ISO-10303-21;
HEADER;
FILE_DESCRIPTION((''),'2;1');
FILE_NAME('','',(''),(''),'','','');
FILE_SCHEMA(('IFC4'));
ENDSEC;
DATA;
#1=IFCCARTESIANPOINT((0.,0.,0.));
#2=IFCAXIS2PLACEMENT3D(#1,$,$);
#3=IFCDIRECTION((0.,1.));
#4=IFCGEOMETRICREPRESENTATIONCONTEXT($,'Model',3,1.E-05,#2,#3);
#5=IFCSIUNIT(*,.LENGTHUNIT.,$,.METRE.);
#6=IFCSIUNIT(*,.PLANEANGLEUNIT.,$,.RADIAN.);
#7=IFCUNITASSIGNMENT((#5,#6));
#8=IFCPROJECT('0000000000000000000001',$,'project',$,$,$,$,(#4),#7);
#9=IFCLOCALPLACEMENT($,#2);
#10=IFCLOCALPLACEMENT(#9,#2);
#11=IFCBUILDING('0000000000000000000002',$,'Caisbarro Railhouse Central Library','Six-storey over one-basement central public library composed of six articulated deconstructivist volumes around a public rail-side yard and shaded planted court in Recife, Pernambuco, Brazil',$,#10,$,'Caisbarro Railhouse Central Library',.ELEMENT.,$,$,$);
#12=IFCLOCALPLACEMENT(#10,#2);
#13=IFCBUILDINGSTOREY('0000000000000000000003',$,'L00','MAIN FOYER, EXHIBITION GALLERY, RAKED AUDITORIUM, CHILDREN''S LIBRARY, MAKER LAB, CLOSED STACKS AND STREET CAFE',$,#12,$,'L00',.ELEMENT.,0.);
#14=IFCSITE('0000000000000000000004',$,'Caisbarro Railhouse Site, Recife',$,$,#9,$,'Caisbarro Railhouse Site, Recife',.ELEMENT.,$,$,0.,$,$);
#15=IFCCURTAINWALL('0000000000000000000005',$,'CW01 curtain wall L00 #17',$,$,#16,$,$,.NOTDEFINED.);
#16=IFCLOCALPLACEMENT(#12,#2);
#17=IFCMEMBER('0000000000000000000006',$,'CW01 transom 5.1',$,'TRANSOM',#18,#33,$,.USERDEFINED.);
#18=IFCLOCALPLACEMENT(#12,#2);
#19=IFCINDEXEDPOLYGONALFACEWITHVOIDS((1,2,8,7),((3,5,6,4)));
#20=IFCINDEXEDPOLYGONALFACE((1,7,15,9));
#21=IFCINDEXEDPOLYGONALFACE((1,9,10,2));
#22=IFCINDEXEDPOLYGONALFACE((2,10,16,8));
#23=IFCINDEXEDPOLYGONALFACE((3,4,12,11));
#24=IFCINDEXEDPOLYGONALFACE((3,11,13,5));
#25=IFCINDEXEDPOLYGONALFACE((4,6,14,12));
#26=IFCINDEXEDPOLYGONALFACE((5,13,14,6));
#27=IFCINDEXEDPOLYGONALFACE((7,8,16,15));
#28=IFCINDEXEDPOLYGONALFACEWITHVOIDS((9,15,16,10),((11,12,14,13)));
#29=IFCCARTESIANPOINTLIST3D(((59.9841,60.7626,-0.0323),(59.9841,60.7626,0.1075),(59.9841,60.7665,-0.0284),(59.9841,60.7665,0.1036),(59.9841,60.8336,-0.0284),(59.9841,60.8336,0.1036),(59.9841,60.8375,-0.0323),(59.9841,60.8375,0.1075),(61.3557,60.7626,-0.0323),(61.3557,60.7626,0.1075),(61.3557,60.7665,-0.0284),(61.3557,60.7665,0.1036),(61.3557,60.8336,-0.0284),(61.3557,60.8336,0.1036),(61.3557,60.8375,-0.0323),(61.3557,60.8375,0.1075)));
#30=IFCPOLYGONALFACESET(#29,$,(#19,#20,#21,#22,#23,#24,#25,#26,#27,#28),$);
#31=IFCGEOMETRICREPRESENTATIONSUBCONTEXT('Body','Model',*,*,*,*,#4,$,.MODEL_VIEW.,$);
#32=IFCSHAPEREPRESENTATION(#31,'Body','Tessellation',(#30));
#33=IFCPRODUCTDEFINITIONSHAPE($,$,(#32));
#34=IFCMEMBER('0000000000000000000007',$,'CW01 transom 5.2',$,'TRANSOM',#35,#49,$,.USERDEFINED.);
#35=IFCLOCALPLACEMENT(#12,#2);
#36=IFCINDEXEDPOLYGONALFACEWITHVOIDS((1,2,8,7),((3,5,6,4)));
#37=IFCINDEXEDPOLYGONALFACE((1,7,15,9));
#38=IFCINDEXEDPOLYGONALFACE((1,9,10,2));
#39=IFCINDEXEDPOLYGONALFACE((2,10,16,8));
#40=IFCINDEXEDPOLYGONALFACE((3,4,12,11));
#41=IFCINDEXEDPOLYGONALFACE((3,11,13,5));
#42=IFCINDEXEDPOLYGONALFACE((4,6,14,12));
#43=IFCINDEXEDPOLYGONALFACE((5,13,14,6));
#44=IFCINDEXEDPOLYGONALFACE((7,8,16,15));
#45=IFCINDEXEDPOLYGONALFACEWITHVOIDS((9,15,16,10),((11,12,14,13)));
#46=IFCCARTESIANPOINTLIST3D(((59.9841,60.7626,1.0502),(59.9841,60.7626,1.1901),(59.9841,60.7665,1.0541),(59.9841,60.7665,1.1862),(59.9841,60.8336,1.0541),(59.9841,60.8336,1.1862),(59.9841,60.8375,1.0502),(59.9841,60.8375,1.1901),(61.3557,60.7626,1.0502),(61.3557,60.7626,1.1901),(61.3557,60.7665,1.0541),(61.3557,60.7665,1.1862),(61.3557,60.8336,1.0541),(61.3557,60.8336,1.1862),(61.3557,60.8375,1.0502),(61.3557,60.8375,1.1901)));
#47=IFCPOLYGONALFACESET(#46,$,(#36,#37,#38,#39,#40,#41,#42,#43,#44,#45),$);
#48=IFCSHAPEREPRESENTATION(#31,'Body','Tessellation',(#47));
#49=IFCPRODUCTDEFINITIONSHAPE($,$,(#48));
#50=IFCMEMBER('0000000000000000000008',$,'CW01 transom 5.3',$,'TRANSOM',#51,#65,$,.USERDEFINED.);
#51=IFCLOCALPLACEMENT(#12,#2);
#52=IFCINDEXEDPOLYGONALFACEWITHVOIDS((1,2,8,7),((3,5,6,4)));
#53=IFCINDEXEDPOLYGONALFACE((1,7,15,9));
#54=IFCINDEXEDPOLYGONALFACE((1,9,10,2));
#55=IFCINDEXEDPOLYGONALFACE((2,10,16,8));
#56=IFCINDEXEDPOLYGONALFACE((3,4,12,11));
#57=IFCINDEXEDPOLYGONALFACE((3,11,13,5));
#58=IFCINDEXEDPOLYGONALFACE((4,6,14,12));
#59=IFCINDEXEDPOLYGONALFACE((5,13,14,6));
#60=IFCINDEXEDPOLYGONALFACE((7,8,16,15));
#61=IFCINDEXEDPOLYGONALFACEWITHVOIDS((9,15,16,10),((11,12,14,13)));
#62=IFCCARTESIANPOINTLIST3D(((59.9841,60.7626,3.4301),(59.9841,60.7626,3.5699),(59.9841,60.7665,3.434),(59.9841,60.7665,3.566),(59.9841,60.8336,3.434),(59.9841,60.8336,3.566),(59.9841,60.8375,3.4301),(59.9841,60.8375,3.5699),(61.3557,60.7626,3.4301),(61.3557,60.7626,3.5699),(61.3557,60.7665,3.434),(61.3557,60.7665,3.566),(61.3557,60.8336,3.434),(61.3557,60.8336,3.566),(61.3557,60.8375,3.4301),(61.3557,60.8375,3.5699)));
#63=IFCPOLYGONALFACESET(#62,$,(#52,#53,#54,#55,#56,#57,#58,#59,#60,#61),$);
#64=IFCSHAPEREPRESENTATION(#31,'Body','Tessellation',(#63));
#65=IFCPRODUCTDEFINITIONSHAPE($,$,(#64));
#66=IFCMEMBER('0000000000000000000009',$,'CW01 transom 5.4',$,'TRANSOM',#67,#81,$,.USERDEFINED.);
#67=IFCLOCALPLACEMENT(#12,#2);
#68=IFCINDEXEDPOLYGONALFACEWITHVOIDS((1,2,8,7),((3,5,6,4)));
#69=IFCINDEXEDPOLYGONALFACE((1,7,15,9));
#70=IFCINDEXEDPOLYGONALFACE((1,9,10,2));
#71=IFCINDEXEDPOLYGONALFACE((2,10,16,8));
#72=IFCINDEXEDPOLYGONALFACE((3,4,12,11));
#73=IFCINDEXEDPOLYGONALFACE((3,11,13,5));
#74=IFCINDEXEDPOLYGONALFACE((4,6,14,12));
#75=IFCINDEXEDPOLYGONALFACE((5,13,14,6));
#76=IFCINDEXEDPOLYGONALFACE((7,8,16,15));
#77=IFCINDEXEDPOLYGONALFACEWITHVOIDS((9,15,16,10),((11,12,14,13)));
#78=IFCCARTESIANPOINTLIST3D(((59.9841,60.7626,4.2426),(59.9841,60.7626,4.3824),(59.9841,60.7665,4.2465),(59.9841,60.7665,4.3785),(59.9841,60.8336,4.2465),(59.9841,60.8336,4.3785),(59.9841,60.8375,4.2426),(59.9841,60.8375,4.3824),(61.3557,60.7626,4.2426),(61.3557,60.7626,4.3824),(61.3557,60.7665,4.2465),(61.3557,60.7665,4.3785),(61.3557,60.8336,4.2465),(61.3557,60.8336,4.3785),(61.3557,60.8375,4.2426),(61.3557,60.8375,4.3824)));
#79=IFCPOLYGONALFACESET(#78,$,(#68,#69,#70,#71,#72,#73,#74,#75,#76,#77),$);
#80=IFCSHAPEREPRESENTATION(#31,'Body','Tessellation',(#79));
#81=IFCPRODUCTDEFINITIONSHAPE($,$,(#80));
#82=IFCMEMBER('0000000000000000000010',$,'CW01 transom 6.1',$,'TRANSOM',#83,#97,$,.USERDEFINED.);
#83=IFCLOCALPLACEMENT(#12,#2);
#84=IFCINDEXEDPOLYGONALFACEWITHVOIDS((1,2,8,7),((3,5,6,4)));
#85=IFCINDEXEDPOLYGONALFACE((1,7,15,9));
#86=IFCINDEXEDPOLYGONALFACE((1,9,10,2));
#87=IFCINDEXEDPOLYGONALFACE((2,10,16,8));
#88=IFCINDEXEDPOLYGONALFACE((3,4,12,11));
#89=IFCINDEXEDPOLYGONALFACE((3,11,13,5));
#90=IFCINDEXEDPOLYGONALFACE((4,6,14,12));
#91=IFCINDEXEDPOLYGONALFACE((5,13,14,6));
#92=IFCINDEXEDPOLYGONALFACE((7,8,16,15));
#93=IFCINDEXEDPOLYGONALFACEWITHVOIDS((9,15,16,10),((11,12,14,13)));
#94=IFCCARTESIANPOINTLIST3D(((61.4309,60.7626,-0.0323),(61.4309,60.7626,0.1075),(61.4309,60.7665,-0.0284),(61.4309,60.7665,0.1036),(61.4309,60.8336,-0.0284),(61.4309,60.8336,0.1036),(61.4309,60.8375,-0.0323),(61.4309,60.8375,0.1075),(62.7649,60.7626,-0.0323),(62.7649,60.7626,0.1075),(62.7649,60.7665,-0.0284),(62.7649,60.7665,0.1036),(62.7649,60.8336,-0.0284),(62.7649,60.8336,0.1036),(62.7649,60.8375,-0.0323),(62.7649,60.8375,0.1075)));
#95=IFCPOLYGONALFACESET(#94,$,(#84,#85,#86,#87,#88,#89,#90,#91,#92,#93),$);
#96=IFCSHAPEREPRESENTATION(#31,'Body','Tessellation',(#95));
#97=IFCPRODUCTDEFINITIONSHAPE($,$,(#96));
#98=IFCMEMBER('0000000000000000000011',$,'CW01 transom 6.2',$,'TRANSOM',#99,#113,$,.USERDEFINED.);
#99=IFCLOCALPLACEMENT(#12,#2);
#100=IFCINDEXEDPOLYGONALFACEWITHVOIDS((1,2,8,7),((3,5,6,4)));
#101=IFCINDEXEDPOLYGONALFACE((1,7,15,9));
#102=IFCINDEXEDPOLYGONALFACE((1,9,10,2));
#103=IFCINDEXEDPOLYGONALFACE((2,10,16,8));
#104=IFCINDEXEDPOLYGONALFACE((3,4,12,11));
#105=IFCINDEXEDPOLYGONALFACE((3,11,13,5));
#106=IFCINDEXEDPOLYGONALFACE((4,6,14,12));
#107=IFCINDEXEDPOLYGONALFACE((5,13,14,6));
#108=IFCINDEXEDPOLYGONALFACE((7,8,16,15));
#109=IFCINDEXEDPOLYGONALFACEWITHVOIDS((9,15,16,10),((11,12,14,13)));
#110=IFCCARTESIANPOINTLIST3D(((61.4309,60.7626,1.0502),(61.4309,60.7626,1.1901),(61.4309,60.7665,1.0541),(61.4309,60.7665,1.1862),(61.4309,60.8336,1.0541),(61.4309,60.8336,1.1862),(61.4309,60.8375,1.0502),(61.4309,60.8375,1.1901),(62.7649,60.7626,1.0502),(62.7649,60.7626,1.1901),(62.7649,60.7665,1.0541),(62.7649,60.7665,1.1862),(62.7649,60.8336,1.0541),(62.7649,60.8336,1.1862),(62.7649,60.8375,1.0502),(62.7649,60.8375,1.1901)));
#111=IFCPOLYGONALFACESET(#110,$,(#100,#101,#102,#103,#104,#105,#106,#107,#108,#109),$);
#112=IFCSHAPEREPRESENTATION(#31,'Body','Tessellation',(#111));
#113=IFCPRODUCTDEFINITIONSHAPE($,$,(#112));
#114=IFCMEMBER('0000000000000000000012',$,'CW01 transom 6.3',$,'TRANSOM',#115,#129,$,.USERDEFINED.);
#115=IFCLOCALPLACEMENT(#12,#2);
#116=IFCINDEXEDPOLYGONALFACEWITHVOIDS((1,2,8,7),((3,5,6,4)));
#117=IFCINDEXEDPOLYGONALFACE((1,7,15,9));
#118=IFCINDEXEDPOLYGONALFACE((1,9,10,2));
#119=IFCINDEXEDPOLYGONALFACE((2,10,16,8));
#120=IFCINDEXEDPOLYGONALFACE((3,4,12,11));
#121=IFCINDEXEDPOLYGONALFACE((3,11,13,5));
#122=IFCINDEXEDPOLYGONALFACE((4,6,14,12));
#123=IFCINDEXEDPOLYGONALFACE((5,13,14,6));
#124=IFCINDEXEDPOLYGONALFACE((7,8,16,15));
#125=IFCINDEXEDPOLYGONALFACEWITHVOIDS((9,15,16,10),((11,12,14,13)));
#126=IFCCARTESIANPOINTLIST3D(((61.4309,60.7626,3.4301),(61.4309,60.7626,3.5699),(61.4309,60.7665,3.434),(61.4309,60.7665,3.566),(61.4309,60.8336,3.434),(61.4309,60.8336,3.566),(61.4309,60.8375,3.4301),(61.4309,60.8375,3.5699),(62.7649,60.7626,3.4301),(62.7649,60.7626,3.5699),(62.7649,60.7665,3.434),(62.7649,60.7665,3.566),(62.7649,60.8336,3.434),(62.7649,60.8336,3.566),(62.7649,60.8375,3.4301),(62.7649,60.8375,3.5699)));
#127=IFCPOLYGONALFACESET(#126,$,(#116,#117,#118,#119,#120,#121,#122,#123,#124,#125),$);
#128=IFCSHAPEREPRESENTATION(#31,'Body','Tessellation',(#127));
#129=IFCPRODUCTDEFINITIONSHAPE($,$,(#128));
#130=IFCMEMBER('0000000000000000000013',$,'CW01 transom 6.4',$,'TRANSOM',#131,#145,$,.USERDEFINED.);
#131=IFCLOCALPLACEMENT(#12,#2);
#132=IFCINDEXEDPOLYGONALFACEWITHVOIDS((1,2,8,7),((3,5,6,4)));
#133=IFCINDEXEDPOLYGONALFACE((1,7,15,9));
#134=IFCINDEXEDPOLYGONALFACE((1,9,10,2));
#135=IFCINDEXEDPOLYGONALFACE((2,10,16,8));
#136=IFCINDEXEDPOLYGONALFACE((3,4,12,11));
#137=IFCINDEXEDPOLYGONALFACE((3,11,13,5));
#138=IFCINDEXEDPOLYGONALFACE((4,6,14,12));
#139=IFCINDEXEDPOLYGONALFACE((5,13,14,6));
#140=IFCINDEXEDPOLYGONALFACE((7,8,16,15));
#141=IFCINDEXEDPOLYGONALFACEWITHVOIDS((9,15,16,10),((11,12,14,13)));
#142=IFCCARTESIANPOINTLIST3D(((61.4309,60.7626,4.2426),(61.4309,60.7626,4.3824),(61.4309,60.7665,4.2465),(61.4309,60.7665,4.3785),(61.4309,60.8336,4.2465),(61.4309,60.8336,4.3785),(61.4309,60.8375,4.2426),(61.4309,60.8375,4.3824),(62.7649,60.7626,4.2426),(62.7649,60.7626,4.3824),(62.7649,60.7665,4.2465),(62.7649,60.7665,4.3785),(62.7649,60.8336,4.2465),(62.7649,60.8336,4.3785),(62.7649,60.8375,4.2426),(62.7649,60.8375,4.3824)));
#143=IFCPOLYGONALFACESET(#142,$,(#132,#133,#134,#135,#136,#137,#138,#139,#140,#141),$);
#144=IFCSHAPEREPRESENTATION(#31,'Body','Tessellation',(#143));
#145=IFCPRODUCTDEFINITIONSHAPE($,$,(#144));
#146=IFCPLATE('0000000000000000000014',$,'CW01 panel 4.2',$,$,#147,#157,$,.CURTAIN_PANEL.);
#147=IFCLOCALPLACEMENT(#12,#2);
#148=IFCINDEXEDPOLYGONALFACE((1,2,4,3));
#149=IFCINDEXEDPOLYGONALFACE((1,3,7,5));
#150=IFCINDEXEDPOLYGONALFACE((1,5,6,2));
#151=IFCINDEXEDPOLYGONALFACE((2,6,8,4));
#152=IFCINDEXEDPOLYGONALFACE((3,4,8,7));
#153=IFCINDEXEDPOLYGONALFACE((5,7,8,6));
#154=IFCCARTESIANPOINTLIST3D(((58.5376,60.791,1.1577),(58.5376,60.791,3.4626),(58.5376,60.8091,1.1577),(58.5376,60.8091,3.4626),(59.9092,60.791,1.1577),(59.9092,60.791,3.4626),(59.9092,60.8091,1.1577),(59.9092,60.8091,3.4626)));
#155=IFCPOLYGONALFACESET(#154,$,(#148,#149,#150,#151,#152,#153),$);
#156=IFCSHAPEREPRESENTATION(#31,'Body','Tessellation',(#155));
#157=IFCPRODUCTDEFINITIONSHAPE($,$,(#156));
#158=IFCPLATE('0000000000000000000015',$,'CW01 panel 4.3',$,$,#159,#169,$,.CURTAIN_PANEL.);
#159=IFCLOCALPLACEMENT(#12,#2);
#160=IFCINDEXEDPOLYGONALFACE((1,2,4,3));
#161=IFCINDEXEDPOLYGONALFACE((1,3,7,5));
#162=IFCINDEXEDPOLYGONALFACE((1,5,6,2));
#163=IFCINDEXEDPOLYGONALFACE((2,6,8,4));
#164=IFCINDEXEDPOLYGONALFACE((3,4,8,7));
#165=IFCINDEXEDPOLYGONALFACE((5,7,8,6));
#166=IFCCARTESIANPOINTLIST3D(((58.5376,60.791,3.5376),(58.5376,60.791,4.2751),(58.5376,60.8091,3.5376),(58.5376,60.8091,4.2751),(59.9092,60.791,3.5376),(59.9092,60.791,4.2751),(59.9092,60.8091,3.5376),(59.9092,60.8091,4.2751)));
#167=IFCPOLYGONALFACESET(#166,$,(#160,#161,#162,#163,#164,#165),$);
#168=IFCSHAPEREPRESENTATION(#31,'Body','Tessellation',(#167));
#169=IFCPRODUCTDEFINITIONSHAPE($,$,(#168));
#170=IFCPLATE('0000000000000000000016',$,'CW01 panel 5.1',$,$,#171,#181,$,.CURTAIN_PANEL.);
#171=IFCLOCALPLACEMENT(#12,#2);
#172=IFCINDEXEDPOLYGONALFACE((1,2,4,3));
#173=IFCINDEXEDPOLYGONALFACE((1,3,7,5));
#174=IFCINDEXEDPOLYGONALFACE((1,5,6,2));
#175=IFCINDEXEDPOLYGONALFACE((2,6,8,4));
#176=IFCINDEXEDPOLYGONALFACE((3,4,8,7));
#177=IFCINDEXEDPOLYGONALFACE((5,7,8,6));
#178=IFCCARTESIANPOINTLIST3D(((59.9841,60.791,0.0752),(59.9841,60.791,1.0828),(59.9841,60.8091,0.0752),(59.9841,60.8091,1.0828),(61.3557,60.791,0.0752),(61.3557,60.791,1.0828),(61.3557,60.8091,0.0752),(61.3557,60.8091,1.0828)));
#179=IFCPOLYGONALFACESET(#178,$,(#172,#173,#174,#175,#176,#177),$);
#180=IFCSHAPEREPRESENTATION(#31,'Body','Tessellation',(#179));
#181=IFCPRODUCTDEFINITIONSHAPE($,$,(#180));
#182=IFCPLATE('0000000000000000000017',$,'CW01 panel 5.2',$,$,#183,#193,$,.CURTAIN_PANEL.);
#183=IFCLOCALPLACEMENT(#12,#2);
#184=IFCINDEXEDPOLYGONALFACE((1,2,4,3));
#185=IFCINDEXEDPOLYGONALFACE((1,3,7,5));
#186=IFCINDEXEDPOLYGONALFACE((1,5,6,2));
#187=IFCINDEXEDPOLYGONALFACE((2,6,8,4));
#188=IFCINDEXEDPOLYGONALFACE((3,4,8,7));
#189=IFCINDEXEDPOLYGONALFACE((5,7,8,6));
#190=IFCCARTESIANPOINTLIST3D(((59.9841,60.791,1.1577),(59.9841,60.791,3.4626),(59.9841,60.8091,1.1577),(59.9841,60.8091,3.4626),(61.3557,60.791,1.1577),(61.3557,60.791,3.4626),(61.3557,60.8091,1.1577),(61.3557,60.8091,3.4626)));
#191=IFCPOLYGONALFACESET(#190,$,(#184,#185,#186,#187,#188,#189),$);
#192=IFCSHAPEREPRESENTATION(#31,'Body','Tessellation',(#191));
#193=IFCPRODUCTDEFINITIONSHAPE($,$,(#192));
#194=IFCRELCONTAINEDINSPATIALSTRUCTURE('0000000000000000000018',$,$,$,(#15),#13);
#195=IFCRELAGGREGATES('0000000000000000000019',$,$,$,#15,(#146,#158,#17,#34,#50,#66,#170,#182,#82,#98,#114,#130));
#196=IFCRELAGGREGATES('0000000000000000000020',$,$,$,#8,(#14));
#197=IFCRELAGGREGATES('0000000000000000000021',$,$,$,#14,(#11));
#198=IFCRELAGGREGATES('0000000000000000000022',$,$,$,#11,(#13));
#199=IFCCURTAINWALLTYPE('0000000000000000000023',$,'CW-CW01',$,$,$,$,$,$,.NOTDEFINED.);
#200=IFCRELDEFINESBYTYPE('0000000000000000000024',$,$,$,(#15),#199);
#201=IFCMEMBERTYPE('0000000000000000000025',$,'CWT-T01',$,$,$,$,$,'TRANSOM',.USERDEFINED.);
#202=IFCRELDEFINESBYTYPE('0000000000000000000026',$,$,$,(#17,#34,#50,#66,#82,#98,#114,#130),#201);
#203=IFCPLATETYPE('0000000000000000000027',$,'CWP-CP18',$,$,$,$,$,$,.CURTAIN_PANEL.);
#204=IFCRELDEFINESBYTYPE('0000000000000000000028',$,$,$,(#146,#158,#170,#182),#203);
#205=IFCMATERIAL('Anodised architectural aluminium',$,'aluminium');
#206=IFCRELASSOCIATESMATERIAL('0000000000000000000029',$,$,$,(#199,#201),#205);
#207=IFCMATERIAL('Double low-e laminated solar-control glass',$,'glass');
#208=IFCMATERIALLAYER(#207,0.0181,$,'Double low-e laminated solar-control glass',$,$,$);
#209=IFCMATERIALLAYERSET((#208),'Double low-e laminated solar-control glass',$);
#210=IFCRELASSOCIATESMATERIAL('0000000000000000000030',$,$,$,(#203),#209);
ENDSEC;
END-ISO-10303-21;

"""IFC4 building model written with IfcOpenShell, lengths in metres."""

from ifc_helpers import new_model, si_unit, direction, frame, origin, origin_2d, place, context, subcontext, project, spatial, rectangle, hollow_rectangle, extrude, material, layer, layer_set, material_profile, profile_set, type_object, element, aggregate, save


model = new_model("IFC4")

# Units and contexts
model_context = context("Model", 3, precision=1e-05, world=origin(), true_north=direction((0.0, 1.0)))
body_context = subcontext(model_context, "Body", "Model", "MODEL_VIEW")
ifc_project = project(units=[si_unit("LENGTHUNIT", "METRE"), si_unit("PLANEANGLEUNIT", "RADIAN")], contexts=[model_context])

# Site, building, storey
site_placement = place(None, origin())
site = spatial("IfcSite", under=ifc_project, at=site_placement, Name="Caisbarro Railhouse Site, Recife", LongName="Caisbarro Railhouse Site, Recife", CompositionType="ELEMENT", RefElevation=0.0)
building_placement = place(site_placement, origin())
building = spatial("IfcBuilding", under=site, at=building_placement, Name="Caisbarro Railhouse Central Library", Description="Six-storey over one-basement central public library composed of six articulated deconstructivist volumes around a public rail-side yard and shaded planted court in Recife, Pernambuco, Brazil", LongName="Caisbarro Railhouse Central Library", CompositionType="ELEMENT")
storey_placement = place(building_placement, origin())
storey = spatial("IfcBuildingStorey", under=building, at=storey_placement, Name="L00", Description="MAIN FOYER, EXHIBITION GALLERY, RAKED AUDITORIUM, CHILDREN'S LIBRARY, MAKER LAB, CLOSED STACKS AND STREET CAFE", LongName="L00", CompositionType="ELEMENT", Elevation=0.0)

# Curtain wall, members, plates
ifc_material_1 = material(Name="Anodised architectural aluminium", Category="aluminium")
curtain_wall_type = type_object("IfcCurtainWallType", Name="CW-CW01", PredefinedType="NOTDEFINED", material=ifc_material_1)
curtain_wall_placement = place(storey_placement, origin())
curtain_wall = element("IfcCurtainWall", 1, at=curtain_wall_placement, inside=storey, type_object=curtain_wall_type, Name="CW01 curtain wall L00 #17", PredefinedType="NOTDEFINED")
ifc_material_profile_1 = material_profile(ifc_material_1, hollow_rectangle(XDim=0.075, YDim=0.1399, WallThickness=0.0039, at=origin_2d()), Name="ALU-TRN-75X140")
ifc_profile_set_1 = profile_set([ifc_material_profile_1], Name="Anodised architectural aluminium")
member_type_1 = type_object("IfcMemberType", Name="CWT-T01", ElementType="TRANSOM", PredefinedType="USERDEFINED", material=ifc_profile_set_1)
member_1_placement = place(storey_placement, frame((59.9841, 60.8, 0.0376), z_axis=(1.0, 0.0, 0.0), x_axis=(0.0, 1.0, 0.0)))
member_1 = element("IfcMember", 2, at=member_1_placement, type_object=member_type_1, Name="CW01 transom 5.1", ObjectType="TRANSOM", PredefinedType="USERDEFINED", context=body_context, shape_type="SweptSolid", body=[
    extrude(hollow_rectangle(XDim=0.075, YDim=0.1399, WallThickness=0.0039, at=origin_2d()), origin(), (0.0, 0.0, 1.0), 1.3716),
])
member_2_placement = place(storey_placement, frame((59.9841, 60.8, 1.1201), z_axis=(1.0, 0.0, 0.0), x_axis=(0.0, 1.0, 0.0)))
member_2 = element("IfcMember", 3, at=member_2_placement, type_object=member_type_1, Name="CW01 transom 5.2", ObjectType="TRANSOM", PredefinedType="USERDEFINED", context=body_context, shape_type="SweptSolid", body=[
    extrude(hollow_rectangle(XDim=0.075, YDim=0.1399, WallThickness=0.0039, at=origin_2d()), origin(), (0.0, 0.0, 1.0), 1.3716),
])
member_3_placement = place(storey_placement, frame((59.9841, 60.8, 3.5), z_axis=(1.0, 0.0, 0.0), x_axis=(0.0, 1.0, 0.0)))
member_3 = element("IfcMember", 4, at=member_3_placement, type_object=member_type_1, Name="CW01 transom 5.3", ObjectType="TRANSOM", PredefinedType="USERDEFINED", context=body_context, shape_type="SweptSolid", body=[
    extrude(hollow_rectangle(XDim=0.075, YDim=0.1399, WallThickness=0.0039, at=origin_2d()), origin(), (0.0, 0.0, 1.0), 1.3716),
])
member_4_placement = place(storey_placement, frame((59.9841, 60.8, 4.3125), z_axis=(1.0, 0.0, 0.0), x_axis=(0.0, 1.0, 0.0)))
member_4 = element("IfcMember", 5, at=member_4_placement, type_object=member_type_1, Name="CW01 transom 5.4", ObjectType="TRANSOM", PredefinedType="USERDEFINED", context=body_context, shape_type="SweptSolid", body=[
    extrude(hollow_rectangle(XDim=0.075, YDim=0.1399, WallThickness=0.0039, at=origin_2d()), origin(), (0.0, 0.0, 1.0), 1.3716),
])
member_5_placement = place(storey_placement, frame((61.4309, 60.8, 0.0376), z_axis=(1.0, 0.0, 0.0), x_axis=(0.0, 1.0, 0.0)))
member_5 = element("IfcMember", 6, at=member_5_placement, type_object=member_type_1, Name="CW01 transom 6.1", ObjectType="TRANSOM", PredefinedType="USERDEFINED", context=body_context, shape_type="SweptSolid", body=[
    extrude(hollow_rectangle(XDim=0.075, YDim=0.1399, WallThickness=0.0039, at=origin_2d()), origin(), (0.0, 0.0, 1.0), 1.334),
])
member_6_placement = place(storey_placement, frame((61.4309, 60.8, 1.1201), z_axis=(1.0, 0.0, 0.0), x_axis=(0.0, 1.0, 0.0)))
member_6 = element("IfcMember", 7, at=member_6_placement, type_object=member_type_1, Name="CW01 transom 6.2", ObjectType="TRANSOM", PredefinedType="USERDEFINED", context=body_context, shape_type="SweptSolid", body=[
    extrude(hollow_rectangle(XDim=0.075, YDim=0.1399, WallThickness=0.0039, at=origin_2d()), origin(), (0.0, 0.0, 1.0), 1.334),
])
member_7_placement = place(storey_placement, frame((61.4309, 60.8, 3.5), z_axis=(1.0, 0.0, 0.0), x_axis=(0.0, 1.0, 0.0)))
member_7 = element("IfcMember", 8, at=member_7_placement, type_object=member_type_1, Name="CW01 transom 6.3", ObjectType="TRANSOM", PredefinedType="USERDEFINED", context=body_context, shape_type="SweptSolid", body=[
    extrude(hollow_rectangle(XDim=0.075, YDim=0.1399, WallThickness=0.0039, at=origin_2d()), origin(), (0.0, 0.0, 1.0), 1.334),
])
member_8_placement = place(storey_placement, frame((61.4309, 60.8, 4.3125), z_axis=(1.0, 0.0, 0.0), x_axis=(0.0, 1.0, 0.0)))
member_8 = element("IfcMember", 9, at=member_8_placement, type_object=member_type_1, Name="CW01 transom 6.4", ObjectType="TRANSOM", PredefinedType="USERDEFINED", context=body_context, shape_type="SweptSolid", body=[
    extrude(hollow_rectangle(XDim=0.075, YDim=0.1399, WallThickness=0.0039, at=origin_2d()), origin(), (0.0, 0.0, 1.0), 1.334),
])
ifc_material_2 = material(Name="Double low-e laminated solar-control glass", Category="glass")
ifc_layer_1 = layer(ifc_material_2, 0.0181, Name="Double low-e laminated solar-control glass")
ifc_layer_set_1 = layer_set([ifc_layer_1], Name="Double low-e laminated solar-control glass")
plate_type_1 = type_object("IfcPlateType", Name="CWP-CP18", PredefinedType="CURTAIN_PANEL", material=ifc_layer_set_1)
plate_1_placement = place(storey_placement, frame((59.2234, 60.8, 1.1577), z_axis=(0.0, 0.0, 1.0), x_axis=(1.0, 0.0, 0.0)))
plate_1 = element("IfcPlate", 10, at=plate_1_placement, type_object=plate_type_1, Name="CW01 panel 4.2", PredefinedType="CURTAIN_PANEL", context=body_context, shape_type="SweptSolid", body=[
    extrude(rectangle(XDim=1.3716, YDim=0.0181, at=origin_2d()), origin(), (0.0, 0.0, 1.0), 2.3049),
])
plate_2_placement = place(storey_placement, frame((59.2234, 60.8, 3.5376), z_axis=(0.0, 0.0, 1.0), x_axis=(1.0, 0.0, 0.0)))
plate_2 = element("IfcPlate", 11, at=plate_2_placement, type_object=plate_type_1, Name="CW01 panel 4.3", PredefinedType="CURTAIN_PANEL", context=body_context, shape_type="SweptSolid", body=[
    extrude(rectangle(XDim=1.3716, YDim=0.0181, at=origin_2d()), origin(), (0.0, 0.0, 1.0), 0.7375),
])
plate_3_placement = place(storey_placement, frame((60.6699, 60.8, 0.0752), z_axis=(0.0, 0.0, 1.0), x_axis=(1.0, 0.0, 0.0)))
plate_3 = element("IfcPlate", 12, at=plate_3_placement, type_object=plate_type_1, Name="CW01 panel 5.1", PredefinedType="CURTAIN_PANEL", context=body_context, shape_type="SweptSolid", body=[
    extrude(rectangle(XDim=1.3716, YDim=0.0181, at=origin_2d()), origin(), (0.0, 0.0, 1.0), 1.0076),
])
plate_4_placement = place(storey_placement, frame((60.6699, 60.8, 1.1577), z_axis=(0.0, 0.0, 1.0), x_axis=(1.0, 0.0, 0.0)))
plate_4 = element("IfcPlate", 13, at=plate_4_placement, type_object=plate_type_1, Name="CW01 panel 5.2", PredefinedType="CURTAIN_PANEL", context=body_context, shape_type="SweptSolid", body=[
    extrude(rectangle(XDim=1.3716, YDim=0.0181, at=origin_2d()), origin(), (0.0, 0.0, 1.0), 2.3049),
])
aggregate(curtain_wall, [plate_1, plate_2, member_1, member_2, member_3, member_4, plate_3, plate_4, member_5, member_6, member_7, member_8])

save(model, "model.ifc")
